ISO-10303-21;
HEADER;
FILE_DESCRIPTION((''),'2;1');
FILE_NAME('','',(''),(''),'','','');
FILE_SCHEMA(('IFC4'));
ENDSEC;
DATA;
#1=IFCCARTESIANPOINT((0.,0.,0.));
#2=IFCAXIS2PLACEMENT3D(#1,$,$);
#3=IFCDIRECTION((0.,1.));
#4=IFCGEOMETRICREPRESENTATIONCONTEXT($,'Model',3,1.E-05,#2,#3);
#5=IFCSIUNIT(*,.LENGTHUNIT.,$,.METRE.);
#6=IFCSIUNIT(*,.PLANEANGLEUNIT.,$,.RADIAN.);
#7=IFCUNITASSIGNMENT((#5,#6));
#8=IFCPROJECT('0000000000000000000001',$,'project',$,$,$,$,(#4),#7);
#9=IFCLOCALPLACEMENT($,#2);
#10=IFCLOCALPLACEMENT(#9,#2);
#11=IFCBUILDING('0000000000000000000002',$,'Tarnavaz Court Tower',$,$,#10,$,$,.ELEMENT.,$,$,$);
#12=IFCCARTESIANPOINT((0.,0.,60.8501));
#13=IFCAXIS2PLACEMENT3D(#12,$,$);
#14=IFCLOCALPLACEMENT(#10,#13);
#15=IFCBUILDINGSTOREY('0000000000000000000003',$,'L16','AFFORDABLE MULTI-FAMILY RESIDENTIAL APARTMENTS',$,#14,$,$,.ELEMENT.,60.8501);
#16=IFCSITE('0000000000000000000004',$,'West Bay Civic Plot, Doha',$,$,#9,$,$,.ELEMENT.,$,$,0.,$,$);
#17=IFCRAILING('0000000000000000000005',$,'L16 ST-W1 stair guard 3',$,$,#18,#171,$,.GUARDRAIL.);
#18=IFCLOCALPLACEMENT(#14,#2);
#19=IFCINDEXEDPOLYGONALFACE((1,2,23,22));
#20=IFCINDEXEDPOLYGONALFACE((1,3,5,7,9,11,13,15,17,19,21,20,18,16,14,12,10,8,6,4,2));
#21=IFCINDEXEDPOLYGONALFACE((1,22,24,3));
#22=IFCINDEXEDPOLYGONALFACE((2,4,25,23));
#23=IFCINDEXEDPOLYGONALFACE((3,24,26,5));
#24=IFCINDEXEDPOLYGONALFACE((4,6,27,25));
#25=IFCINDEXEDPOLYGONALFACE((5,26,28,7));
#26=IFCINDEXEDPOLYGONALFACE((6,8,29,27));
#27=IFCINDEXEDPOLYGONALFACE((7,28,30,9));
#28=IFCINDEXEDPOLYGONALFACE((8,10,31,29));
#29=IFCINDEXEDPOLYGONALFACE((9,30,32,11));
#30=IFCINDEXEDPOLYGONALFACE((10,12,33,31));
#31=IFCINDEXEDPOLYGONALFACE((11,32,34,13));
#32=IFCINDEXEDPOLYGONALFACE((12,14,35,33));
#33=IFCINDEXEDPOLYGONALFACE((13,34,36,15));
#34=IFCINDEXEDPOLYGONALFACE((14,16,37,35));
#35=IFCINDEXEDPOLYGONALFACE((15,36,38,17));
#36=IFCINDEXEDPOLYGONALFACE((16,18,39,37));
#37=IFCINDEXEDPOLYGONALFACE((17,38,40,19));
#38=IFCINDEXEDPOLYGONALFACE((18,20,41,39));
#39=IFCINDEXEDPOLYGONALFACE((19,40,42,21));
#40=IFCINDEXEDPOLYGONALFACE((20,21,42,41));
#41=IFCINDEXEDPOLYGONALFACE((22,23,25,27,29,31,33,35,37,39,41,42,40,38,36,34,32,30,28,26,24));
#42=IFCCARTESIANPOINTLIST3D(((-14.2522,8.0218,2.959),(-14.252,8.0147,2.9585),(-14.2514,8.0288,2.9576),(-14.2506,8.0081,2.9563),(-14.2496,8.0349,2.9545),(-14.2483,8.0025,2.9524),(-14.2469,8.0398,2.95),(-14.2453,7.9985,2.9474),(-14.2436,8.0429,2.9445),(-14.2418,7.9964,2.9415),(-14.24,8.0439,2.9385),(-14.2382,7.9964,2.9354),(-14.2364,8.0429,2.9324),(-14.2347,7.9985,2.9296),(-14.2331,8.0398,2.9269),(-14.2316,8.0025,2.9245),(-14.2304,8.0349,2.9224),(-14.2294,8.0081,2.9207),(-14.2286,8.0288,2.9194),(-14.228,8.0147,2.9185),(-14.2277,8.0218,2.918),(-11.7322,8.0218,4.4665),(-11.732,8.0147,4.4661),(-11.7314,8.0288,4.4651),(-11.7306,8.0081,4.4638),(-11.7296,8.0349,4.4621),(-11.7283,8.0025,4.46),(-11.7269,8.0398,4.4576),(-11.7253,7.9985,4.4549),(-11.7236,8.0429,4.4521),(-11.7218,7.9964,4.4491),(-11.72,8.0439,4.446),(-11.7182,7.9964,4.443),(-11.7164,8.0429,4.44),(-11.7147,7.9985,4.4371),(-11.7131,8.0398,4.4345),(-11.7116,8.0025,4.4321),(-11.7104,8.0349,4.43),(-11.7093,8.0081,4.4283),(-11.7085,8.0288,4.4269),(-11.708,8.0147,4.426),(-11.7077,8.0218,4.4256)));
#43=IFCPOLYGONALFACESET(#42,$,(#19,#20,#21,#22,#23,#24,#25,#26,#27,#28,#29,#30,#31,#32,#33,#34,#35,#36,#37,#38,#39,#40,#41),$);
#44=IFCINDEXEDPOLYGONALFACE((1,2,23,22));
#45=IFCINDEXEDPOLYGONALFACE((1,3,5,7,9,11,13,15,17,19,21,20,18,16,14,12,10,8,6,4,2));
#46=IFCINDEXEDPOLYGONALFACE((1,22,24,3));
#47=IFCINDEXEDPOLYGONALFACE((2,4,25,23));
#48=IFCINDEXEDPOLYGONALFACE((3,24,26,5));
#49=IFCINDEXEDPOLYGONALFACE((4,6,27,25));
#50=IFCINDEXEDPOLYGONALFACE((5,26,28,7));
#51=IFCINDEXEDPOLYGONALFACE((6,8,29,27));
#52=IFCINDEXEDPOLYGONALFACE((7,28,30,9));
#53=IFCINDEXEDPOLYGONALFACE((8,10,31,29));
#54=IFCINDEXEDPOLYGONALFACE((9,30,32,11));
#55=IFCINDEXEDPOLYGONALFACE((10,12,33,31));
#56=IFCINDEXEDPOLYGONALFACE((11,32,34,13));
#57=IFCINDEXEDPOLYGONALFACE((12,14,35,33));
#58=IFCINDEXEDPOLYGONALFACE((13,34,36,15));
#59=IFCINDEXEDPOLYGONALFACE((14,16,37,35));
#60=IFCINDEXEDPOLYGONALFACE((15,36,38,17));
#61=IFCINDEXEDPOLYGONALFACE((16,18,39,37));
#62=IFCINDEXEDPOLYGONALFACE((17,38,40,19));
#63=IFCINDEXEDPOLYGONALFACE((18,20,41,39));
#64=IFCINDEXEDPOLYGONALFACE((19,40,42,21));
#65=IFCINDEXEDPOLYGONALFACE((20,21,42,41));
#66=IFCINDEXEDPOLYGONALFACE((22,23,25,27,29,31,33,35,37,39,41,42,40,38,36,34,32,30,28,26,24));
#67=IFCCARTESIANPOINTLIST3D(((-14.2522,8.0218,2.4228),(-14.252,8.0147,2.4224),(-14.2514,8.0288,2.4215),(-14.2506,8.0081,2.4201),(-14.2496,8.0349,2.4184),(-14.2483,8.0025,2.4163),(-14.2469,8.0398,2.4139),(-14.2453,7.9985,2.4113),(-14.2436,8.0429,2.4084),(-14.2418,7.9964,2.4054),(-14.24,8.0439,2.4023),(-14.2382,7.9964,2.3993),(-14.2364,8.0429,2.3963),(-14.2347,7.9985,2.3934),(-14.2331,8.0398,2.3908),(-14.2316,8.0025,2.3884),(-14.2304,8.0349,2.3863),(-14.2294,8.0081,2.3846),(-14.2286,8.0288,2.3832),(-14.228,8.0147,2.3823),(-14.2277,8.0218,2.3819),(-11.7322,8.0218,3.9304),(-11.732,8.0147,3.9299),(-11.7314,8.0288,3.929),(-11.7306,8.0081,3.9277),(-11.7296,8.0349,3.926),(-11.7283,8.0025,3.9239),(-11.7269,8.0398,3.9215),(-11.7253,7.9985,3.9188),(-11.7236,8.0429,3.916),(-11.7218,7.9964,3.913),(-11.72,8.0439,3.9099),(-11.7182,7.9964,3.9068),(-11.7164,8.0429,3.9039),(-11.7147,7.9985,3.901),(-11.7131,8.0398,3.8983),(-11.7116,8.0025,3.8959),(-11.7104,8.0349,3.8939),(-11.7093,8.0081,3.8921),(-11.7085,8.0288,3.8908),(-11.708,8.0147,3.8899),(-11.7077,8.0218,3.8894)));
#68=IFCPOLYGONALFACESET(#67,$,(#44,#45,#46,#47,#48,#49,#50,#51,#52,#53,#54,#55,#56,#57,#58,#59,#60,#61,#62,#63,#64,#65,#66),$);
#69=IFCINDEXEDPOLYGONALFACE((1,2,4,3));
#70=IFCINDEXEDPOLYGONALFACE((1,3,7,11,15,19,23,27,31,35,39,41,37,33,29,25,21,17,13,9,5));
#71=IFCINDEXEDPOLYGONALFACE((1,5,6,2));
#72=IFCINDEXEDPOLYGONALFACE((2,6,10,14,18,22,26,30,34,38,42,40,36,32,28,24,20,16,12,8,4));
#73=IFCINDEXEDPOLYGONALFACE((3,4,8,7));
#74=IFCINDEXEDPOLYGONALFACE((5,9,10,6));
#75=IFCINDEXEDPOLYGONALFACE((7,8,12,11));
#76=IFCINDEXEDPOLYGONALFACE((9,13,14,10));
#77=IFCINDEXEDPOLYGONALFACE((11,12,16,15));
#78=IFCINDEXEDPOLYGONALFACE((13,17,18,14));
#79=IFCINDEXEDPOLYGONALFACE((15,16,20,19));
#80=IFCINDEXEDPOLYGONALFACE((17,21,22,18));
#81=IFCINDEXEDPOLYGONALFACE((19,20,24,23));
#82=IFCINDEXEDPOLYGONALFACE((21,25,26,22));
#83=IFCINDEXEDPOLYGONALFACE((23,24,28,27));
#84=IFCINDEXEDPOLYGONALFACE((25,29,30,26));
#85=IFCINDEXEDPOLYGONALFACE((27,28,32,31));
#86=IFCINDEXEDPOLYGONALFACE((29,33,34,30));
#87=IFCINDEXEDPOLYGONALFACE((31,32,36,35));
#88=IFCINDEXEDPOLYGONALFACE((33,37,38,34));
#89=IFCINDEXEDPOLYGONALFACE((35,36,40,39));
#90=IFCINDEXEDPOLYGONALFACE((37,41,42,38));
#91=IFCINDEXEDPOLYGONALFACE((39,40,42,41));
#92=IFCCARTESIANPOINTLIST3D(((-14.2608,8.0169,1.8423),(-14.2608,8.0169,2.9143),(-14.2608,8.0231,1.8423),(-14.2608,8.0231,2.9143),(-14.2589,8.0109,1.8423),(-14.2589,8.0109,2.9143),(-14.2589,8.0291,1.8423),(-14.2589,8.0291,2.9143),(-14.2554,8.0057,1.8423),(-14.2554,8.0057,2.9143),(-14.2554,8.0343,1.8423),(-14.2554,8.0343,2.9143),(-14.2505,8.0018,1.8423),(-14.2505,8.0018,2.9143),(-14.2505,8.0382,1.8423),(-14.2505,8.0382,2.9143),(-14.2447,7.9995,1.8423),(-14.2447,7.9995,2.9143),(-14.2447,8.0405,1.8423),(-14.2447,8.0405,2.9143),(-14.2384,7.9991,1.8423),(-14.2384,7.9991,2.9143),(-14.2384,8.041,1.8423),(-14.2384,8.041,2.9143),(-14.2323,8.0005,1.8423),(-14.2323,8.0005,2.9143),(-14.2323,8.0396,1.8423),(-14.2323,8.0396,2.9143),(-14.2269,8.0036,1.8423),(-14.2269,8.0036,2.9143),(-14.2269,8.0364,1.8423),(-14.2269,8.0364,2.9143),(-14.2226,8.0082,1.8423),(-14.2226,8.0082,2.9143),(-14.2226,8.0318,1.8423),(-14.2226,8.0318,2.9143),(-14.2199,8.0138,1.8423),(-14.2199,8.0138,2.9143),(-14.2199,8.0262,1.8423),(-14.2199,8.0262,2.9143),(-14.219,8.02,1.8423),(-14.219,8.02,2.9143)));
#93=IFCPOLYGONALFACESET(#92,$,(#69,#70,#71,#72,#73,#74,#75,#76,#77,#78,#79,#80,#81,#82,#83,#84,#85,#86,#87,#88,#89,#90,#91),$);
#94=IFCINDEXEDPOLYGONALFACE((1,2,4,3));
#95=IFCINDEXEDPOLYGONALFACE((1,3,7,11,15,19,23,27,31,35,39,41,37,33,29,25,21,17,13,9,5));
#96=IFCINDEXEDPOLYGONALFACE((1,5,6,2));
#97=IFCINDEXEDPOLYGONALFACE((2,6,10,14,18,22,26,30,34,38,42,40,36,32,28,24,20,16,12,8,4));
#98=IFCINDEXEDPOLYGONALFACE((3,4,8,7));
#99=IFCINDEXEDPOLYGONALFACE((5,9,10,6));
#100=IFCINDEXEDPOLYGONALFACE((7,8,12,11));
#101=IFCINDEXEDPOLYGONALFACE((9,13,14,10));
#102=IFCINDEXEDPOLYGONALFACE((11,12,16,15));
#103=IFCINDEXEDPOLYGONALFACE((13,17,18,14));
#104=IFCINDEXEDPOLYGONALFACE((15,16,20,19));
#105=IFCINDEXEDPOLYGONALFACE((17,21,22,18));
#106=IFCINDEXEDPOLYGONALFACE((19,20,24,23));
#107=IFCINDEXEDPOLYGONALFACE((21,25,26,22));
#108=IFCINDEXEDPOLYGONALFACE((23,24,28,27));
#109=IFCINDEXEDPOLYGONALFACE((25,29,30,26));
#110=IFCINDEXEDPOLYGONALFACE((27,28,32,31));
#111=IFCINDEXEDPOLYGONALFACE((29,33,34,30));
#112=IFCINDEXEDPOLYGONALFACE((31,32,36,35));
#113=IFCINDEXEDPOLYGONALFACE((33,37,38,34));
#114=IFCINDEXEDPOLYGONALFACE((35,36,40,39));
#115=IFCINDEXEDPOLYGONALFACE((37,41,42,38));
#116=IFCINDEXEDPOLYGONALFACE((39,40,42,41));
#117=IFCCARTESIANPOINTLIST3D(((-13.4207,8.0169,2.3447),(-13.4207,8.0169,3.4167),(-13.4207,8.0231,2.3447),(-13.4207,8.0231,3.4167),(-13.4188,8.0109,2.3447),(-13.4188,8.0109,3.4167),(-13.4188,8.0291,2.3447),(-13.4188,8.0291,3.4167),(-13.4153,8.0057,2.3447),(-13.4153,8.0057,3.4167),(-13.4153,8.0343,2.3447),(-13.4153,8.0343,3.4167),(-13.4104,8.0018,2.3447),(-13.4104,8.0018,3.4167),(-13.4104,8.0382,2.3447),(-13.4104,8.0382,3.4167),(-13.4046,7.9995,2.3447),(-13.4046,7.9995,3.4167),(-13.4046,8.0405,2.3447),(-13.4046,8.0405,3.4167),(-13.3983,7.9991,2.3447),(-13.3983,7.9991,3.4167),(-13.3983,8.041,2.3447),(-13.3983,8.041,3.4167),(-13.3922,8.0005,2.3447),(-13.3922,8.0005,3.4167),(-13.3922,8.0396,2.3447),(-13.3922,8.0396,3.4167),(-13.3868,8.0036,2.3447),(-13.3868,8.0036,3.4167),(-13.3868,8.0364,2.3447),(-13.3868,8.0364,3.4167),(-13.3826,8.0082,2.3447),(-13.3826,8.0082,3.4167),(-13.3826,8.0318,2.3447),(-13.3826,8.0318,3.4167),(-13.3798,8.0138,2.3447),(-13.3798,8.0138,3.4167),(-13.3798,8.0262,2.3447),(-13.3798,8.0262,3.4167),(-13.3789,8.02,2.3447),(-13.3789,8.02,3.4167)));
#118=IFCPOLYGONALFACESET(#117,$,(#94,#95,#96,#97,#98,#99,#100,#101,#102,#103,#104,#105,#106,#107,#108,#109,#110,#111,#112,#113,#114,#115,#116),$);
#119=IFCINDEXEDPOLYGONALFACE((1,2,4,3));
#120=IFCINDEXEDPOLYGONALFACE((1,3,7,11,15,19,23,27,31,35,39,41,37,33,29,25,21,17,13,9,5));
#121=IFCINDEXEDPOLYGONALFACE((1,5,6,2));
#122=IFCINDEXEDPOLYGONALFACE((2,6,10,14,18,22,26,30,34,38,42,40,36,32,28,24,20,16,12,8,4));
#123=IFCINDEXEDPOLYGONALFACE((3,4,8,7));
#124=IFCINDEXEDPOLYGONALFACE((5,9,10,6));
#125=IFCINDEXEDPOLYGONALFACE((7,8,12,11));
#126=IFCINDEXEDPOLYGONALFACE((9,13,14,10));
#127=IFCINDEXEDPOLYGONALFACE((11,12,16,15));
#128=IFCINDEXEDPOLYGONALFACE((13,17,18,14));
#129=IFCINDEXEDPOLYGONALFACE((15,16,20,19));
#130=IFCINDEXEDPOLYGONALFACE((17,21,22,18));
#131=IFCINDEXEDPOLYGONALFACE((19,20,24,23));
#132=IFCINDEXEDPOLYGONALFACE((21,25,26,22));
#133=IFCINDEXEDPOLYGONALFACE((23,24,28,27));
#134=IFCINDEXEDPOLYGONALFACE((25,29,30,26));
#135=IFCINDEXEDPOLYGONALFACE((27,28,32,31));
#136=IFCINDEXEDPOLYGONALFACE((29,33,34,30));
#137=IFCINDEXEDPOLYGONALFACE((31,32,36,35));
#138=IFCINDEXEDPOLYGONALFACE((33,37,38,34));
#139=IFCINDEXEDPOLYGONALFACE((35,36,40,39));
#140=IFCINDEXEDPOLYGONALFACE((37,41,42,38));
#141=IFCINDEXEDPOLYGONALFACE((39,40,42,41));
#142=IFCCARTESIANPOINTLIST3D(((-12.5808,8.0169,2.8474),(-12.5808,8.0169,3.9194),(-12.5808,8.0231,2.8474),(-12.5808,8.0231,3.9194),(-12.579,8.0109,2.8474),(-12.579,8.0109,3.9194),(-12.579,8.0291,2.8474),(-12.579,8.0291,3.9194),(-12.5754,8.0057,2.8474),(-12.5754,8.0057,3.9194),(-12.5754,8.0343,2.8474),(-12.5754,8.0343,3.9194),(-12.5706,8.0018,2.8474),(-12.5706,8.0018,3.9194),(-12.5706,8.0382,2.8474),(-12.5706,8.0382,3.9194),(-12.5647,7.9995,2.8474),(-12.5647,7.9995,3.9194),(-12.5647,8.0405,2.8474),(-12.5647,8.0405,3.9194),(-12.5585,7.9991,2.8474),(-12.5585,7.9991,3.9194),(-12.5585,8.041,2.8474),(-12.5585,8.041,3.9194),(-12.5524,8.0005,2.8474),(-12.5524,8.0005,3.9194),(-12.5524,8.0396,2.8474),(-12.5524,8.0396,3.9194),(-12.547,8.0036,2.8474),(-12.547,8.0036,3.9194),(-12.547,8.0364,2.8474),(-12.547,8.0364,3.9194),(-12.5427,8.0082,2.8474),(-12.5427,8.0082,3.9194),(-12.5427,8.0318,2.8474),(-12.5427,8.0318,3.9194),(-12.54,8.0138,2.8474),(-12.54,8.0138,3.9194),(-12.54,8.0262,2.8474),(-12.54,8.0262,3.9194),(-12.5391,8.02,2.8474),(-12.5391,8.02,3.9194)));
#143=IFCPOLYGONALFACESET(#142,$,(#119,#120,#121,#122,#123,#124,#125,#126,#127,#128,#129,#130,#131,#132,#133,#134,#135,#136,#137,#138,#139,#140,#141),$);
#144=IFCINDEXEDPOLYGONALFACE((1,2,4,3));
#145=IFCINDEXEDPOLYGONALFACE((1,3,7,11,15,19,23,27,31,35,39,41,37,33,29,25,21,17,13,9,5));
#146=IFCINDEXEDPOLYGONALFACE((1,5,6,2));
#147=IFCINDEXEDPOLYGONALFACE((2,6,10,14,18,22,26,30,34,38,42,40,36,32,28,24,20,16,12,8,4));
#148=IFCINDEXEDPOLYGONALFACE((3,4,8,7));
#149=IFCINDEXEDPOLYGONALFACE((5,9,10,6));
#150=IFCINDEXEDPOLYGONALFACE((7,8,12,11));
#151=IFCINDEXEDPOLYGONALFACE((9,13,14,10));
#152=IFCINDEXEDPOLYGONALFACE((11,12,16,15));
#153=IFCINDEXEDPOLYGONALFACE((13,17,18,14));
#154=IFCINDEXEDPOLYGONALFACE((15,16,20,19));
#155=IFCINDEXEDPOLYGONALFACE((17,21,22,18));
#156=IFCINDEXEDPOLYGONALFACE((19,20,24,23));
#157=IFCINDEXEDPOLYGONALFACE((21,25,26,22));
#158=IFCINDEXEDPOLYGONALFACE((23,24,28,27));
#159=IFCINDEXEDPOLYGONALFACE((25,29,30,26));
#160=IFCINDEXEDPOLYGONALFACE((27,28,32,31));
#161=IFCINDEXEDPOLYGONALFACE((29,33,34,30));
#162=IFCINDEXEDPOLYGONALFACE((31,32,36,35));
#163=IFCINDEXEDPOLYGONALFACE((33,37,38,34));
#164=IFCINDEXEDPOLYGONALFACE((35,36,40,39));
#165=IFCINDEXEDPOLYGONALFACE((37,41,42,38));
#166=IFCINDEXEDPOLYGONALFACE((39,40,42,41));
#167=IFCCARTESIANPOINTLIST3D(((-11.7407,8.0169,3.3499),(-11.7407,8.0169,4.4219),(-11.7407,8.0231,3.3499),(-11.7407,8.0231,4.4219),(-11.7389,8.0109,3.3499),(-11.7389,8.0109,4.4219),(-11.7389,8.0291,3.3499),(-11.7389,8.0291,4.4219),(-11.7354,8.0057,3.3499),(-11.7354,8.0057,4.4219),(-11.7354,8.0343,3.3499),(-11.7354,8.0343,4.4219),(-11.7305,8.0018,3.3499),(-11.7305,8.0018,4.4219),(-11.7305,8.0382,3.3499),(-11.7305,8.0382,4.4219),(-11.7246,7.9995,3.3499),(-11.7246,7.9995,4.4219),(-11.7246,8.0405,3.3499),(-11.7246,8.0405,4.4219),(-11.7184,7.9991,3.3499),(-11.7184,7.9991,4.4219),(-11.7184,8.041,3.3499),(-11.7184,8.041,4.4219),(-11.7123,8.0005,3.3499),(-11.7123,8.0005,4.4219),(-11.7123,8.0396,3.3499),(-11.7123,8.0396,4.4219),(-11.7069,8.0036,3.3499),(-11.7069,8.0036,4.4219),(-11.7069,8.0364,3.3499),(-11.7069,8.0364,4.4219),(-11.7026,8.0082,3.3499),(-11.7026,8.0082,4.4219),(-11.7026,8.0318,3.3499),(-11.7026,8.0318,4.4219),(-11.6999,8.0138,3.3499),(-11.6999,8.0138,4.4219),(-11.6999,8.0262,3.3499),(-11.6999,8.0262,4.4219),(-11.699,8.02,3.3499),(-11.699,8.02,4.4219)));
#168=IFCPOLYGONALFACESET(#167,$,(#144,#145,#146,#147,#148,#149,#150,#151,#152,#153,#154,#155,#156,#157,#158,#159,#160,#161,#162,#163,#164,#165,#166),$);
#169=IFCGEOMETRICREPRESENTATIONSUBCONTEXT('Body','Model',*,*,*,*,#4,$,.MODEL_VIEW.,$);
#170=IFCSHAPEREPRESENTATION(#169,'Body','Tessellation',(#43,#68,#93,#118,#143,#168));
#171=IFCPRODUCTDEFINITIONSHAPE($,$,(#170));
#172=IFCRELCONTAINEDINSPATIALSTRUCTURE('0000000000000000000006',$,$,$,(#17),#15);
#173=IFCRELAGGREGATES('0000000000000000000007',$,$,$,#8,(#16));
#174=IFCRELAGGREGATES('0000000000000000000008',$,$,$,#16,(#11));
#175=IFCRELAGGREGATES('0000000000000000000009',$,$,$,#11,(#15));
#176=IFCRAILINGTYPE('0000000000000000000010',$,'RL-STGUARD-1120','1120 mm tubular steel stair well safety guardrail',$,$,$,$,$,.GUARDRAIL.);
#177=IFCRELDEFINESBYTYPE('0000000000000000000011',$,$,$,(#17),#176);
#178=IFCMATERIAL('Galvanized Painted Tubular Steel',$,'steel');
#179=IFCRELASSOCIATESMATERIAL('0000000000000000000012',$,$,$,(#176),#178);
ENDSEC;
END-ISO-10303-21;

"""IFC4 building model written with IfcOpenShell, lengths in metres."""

from ifc_helpers import new_model, si_unit, direction, frame, origin, origin_2d, place, context, subcontext, project, spatial, circle, extrude, material, type_object, element, save


model = new_model("IFC4")

# Units and contexts
model_context = context("Model", 3, precision=1e-05, world=origin(), true_north=direction((0.0, 1.0)))
body_context = subcontext(model_context, "Body", "Model", "MODEL_VIEW")
ifc_project = project(units=[si_unit("LENGTHUNIT", "METRE"), si_unit("PLANEANGLEUNIT", "RADIAN")], contexts=[model_context])

# Site, building, storey
site_placement = place(None, origin())
site = spatial("IfcSite", under=ifc_project, at=site_placement, Name="West Bay Civic Plot, Doha", CompositionType="ELEMENT", RefElevation=0.0)
building_placement = place(site_placement, origin())
building = spatial("IfcBuilding", under=site, at=building_placement, Name="Tarnavaz Court Tower", CompositionType="ELEMENT")
storey_placement = place(building_placement, frame((0.0, 0.0, 60.8501)))
storey = spatial("IfcBuildingStorey", under=building, at=storey_placement, Name="L16", Description="AFFORDABLE MULTI-FAMILY RESIDENTIAL APARTMENTS", CompositionType="ELEMENT", Elevation=60.8501)

# Railing
ifc_material_1 = material(Name="Galvanized Painted Tubular Steel", Category="steel")
railing_type_1 = type_object("IfcRailingType", Name="RL-STGUARD-1120", Description="1120 mm tubular steel stair well safety guardrail", PredefinedType="GUARDRAIL", material=ifc_material_1)
railing_1_placement = place(storey_placement, frame((-14.24, 8.02, 1.8423)))
element("IfcRailing", 1, at=railing_1_placement, inside=storey, type_object=railing_type_1, Name="L16 ST-W1 stair guard 3", PredefinedType="GUARDRAIL", context=body_context, shape_type="SweptSolid", body=[
    extrude(circle(Radius=0.0239, at=origin_2d()), frame((0.0, 0.0, 1.0962), z_axis=(0.85816, 0.0, 0.513383), x_axis=(0.0, 1.0, 0.0)), (0.0, 0.0, 1.0), 2.9365),
    extrude(circle(Radius=0.0239, at=origin_2d()), frame((0.0, 0.0, 0.5601), z_axis=(0.85816, 0.0, 0.513383), x_axis=(0.0, 1.0, 0.0)), (0.0, 0.0, 1.0), 2.9365),
    extrude(circle(Radius=0.021, at=origin_2d()), origin(), (0.0, 0.0, 1.0), 1.072),
    extrude(circle(Radius=0.021, at=origin_2d()), frame((0.8401, 0.0, 0.5024)), (0.0, 0.0, 1.0), 1.072),
    extrude(circle(Radius=0.021, at=origin_2d()), frame((1.6799, 0.0, 1.0051)), (0.0, 0.0, 1.0), 1.072),
    extrude(circle(Radius=0.021, at=origin_2d()), frame((2.52, 0.0, 1.5076)), (0.0, 0.0, 1.0), 1.072),
])

save(model, "model.ifc")
